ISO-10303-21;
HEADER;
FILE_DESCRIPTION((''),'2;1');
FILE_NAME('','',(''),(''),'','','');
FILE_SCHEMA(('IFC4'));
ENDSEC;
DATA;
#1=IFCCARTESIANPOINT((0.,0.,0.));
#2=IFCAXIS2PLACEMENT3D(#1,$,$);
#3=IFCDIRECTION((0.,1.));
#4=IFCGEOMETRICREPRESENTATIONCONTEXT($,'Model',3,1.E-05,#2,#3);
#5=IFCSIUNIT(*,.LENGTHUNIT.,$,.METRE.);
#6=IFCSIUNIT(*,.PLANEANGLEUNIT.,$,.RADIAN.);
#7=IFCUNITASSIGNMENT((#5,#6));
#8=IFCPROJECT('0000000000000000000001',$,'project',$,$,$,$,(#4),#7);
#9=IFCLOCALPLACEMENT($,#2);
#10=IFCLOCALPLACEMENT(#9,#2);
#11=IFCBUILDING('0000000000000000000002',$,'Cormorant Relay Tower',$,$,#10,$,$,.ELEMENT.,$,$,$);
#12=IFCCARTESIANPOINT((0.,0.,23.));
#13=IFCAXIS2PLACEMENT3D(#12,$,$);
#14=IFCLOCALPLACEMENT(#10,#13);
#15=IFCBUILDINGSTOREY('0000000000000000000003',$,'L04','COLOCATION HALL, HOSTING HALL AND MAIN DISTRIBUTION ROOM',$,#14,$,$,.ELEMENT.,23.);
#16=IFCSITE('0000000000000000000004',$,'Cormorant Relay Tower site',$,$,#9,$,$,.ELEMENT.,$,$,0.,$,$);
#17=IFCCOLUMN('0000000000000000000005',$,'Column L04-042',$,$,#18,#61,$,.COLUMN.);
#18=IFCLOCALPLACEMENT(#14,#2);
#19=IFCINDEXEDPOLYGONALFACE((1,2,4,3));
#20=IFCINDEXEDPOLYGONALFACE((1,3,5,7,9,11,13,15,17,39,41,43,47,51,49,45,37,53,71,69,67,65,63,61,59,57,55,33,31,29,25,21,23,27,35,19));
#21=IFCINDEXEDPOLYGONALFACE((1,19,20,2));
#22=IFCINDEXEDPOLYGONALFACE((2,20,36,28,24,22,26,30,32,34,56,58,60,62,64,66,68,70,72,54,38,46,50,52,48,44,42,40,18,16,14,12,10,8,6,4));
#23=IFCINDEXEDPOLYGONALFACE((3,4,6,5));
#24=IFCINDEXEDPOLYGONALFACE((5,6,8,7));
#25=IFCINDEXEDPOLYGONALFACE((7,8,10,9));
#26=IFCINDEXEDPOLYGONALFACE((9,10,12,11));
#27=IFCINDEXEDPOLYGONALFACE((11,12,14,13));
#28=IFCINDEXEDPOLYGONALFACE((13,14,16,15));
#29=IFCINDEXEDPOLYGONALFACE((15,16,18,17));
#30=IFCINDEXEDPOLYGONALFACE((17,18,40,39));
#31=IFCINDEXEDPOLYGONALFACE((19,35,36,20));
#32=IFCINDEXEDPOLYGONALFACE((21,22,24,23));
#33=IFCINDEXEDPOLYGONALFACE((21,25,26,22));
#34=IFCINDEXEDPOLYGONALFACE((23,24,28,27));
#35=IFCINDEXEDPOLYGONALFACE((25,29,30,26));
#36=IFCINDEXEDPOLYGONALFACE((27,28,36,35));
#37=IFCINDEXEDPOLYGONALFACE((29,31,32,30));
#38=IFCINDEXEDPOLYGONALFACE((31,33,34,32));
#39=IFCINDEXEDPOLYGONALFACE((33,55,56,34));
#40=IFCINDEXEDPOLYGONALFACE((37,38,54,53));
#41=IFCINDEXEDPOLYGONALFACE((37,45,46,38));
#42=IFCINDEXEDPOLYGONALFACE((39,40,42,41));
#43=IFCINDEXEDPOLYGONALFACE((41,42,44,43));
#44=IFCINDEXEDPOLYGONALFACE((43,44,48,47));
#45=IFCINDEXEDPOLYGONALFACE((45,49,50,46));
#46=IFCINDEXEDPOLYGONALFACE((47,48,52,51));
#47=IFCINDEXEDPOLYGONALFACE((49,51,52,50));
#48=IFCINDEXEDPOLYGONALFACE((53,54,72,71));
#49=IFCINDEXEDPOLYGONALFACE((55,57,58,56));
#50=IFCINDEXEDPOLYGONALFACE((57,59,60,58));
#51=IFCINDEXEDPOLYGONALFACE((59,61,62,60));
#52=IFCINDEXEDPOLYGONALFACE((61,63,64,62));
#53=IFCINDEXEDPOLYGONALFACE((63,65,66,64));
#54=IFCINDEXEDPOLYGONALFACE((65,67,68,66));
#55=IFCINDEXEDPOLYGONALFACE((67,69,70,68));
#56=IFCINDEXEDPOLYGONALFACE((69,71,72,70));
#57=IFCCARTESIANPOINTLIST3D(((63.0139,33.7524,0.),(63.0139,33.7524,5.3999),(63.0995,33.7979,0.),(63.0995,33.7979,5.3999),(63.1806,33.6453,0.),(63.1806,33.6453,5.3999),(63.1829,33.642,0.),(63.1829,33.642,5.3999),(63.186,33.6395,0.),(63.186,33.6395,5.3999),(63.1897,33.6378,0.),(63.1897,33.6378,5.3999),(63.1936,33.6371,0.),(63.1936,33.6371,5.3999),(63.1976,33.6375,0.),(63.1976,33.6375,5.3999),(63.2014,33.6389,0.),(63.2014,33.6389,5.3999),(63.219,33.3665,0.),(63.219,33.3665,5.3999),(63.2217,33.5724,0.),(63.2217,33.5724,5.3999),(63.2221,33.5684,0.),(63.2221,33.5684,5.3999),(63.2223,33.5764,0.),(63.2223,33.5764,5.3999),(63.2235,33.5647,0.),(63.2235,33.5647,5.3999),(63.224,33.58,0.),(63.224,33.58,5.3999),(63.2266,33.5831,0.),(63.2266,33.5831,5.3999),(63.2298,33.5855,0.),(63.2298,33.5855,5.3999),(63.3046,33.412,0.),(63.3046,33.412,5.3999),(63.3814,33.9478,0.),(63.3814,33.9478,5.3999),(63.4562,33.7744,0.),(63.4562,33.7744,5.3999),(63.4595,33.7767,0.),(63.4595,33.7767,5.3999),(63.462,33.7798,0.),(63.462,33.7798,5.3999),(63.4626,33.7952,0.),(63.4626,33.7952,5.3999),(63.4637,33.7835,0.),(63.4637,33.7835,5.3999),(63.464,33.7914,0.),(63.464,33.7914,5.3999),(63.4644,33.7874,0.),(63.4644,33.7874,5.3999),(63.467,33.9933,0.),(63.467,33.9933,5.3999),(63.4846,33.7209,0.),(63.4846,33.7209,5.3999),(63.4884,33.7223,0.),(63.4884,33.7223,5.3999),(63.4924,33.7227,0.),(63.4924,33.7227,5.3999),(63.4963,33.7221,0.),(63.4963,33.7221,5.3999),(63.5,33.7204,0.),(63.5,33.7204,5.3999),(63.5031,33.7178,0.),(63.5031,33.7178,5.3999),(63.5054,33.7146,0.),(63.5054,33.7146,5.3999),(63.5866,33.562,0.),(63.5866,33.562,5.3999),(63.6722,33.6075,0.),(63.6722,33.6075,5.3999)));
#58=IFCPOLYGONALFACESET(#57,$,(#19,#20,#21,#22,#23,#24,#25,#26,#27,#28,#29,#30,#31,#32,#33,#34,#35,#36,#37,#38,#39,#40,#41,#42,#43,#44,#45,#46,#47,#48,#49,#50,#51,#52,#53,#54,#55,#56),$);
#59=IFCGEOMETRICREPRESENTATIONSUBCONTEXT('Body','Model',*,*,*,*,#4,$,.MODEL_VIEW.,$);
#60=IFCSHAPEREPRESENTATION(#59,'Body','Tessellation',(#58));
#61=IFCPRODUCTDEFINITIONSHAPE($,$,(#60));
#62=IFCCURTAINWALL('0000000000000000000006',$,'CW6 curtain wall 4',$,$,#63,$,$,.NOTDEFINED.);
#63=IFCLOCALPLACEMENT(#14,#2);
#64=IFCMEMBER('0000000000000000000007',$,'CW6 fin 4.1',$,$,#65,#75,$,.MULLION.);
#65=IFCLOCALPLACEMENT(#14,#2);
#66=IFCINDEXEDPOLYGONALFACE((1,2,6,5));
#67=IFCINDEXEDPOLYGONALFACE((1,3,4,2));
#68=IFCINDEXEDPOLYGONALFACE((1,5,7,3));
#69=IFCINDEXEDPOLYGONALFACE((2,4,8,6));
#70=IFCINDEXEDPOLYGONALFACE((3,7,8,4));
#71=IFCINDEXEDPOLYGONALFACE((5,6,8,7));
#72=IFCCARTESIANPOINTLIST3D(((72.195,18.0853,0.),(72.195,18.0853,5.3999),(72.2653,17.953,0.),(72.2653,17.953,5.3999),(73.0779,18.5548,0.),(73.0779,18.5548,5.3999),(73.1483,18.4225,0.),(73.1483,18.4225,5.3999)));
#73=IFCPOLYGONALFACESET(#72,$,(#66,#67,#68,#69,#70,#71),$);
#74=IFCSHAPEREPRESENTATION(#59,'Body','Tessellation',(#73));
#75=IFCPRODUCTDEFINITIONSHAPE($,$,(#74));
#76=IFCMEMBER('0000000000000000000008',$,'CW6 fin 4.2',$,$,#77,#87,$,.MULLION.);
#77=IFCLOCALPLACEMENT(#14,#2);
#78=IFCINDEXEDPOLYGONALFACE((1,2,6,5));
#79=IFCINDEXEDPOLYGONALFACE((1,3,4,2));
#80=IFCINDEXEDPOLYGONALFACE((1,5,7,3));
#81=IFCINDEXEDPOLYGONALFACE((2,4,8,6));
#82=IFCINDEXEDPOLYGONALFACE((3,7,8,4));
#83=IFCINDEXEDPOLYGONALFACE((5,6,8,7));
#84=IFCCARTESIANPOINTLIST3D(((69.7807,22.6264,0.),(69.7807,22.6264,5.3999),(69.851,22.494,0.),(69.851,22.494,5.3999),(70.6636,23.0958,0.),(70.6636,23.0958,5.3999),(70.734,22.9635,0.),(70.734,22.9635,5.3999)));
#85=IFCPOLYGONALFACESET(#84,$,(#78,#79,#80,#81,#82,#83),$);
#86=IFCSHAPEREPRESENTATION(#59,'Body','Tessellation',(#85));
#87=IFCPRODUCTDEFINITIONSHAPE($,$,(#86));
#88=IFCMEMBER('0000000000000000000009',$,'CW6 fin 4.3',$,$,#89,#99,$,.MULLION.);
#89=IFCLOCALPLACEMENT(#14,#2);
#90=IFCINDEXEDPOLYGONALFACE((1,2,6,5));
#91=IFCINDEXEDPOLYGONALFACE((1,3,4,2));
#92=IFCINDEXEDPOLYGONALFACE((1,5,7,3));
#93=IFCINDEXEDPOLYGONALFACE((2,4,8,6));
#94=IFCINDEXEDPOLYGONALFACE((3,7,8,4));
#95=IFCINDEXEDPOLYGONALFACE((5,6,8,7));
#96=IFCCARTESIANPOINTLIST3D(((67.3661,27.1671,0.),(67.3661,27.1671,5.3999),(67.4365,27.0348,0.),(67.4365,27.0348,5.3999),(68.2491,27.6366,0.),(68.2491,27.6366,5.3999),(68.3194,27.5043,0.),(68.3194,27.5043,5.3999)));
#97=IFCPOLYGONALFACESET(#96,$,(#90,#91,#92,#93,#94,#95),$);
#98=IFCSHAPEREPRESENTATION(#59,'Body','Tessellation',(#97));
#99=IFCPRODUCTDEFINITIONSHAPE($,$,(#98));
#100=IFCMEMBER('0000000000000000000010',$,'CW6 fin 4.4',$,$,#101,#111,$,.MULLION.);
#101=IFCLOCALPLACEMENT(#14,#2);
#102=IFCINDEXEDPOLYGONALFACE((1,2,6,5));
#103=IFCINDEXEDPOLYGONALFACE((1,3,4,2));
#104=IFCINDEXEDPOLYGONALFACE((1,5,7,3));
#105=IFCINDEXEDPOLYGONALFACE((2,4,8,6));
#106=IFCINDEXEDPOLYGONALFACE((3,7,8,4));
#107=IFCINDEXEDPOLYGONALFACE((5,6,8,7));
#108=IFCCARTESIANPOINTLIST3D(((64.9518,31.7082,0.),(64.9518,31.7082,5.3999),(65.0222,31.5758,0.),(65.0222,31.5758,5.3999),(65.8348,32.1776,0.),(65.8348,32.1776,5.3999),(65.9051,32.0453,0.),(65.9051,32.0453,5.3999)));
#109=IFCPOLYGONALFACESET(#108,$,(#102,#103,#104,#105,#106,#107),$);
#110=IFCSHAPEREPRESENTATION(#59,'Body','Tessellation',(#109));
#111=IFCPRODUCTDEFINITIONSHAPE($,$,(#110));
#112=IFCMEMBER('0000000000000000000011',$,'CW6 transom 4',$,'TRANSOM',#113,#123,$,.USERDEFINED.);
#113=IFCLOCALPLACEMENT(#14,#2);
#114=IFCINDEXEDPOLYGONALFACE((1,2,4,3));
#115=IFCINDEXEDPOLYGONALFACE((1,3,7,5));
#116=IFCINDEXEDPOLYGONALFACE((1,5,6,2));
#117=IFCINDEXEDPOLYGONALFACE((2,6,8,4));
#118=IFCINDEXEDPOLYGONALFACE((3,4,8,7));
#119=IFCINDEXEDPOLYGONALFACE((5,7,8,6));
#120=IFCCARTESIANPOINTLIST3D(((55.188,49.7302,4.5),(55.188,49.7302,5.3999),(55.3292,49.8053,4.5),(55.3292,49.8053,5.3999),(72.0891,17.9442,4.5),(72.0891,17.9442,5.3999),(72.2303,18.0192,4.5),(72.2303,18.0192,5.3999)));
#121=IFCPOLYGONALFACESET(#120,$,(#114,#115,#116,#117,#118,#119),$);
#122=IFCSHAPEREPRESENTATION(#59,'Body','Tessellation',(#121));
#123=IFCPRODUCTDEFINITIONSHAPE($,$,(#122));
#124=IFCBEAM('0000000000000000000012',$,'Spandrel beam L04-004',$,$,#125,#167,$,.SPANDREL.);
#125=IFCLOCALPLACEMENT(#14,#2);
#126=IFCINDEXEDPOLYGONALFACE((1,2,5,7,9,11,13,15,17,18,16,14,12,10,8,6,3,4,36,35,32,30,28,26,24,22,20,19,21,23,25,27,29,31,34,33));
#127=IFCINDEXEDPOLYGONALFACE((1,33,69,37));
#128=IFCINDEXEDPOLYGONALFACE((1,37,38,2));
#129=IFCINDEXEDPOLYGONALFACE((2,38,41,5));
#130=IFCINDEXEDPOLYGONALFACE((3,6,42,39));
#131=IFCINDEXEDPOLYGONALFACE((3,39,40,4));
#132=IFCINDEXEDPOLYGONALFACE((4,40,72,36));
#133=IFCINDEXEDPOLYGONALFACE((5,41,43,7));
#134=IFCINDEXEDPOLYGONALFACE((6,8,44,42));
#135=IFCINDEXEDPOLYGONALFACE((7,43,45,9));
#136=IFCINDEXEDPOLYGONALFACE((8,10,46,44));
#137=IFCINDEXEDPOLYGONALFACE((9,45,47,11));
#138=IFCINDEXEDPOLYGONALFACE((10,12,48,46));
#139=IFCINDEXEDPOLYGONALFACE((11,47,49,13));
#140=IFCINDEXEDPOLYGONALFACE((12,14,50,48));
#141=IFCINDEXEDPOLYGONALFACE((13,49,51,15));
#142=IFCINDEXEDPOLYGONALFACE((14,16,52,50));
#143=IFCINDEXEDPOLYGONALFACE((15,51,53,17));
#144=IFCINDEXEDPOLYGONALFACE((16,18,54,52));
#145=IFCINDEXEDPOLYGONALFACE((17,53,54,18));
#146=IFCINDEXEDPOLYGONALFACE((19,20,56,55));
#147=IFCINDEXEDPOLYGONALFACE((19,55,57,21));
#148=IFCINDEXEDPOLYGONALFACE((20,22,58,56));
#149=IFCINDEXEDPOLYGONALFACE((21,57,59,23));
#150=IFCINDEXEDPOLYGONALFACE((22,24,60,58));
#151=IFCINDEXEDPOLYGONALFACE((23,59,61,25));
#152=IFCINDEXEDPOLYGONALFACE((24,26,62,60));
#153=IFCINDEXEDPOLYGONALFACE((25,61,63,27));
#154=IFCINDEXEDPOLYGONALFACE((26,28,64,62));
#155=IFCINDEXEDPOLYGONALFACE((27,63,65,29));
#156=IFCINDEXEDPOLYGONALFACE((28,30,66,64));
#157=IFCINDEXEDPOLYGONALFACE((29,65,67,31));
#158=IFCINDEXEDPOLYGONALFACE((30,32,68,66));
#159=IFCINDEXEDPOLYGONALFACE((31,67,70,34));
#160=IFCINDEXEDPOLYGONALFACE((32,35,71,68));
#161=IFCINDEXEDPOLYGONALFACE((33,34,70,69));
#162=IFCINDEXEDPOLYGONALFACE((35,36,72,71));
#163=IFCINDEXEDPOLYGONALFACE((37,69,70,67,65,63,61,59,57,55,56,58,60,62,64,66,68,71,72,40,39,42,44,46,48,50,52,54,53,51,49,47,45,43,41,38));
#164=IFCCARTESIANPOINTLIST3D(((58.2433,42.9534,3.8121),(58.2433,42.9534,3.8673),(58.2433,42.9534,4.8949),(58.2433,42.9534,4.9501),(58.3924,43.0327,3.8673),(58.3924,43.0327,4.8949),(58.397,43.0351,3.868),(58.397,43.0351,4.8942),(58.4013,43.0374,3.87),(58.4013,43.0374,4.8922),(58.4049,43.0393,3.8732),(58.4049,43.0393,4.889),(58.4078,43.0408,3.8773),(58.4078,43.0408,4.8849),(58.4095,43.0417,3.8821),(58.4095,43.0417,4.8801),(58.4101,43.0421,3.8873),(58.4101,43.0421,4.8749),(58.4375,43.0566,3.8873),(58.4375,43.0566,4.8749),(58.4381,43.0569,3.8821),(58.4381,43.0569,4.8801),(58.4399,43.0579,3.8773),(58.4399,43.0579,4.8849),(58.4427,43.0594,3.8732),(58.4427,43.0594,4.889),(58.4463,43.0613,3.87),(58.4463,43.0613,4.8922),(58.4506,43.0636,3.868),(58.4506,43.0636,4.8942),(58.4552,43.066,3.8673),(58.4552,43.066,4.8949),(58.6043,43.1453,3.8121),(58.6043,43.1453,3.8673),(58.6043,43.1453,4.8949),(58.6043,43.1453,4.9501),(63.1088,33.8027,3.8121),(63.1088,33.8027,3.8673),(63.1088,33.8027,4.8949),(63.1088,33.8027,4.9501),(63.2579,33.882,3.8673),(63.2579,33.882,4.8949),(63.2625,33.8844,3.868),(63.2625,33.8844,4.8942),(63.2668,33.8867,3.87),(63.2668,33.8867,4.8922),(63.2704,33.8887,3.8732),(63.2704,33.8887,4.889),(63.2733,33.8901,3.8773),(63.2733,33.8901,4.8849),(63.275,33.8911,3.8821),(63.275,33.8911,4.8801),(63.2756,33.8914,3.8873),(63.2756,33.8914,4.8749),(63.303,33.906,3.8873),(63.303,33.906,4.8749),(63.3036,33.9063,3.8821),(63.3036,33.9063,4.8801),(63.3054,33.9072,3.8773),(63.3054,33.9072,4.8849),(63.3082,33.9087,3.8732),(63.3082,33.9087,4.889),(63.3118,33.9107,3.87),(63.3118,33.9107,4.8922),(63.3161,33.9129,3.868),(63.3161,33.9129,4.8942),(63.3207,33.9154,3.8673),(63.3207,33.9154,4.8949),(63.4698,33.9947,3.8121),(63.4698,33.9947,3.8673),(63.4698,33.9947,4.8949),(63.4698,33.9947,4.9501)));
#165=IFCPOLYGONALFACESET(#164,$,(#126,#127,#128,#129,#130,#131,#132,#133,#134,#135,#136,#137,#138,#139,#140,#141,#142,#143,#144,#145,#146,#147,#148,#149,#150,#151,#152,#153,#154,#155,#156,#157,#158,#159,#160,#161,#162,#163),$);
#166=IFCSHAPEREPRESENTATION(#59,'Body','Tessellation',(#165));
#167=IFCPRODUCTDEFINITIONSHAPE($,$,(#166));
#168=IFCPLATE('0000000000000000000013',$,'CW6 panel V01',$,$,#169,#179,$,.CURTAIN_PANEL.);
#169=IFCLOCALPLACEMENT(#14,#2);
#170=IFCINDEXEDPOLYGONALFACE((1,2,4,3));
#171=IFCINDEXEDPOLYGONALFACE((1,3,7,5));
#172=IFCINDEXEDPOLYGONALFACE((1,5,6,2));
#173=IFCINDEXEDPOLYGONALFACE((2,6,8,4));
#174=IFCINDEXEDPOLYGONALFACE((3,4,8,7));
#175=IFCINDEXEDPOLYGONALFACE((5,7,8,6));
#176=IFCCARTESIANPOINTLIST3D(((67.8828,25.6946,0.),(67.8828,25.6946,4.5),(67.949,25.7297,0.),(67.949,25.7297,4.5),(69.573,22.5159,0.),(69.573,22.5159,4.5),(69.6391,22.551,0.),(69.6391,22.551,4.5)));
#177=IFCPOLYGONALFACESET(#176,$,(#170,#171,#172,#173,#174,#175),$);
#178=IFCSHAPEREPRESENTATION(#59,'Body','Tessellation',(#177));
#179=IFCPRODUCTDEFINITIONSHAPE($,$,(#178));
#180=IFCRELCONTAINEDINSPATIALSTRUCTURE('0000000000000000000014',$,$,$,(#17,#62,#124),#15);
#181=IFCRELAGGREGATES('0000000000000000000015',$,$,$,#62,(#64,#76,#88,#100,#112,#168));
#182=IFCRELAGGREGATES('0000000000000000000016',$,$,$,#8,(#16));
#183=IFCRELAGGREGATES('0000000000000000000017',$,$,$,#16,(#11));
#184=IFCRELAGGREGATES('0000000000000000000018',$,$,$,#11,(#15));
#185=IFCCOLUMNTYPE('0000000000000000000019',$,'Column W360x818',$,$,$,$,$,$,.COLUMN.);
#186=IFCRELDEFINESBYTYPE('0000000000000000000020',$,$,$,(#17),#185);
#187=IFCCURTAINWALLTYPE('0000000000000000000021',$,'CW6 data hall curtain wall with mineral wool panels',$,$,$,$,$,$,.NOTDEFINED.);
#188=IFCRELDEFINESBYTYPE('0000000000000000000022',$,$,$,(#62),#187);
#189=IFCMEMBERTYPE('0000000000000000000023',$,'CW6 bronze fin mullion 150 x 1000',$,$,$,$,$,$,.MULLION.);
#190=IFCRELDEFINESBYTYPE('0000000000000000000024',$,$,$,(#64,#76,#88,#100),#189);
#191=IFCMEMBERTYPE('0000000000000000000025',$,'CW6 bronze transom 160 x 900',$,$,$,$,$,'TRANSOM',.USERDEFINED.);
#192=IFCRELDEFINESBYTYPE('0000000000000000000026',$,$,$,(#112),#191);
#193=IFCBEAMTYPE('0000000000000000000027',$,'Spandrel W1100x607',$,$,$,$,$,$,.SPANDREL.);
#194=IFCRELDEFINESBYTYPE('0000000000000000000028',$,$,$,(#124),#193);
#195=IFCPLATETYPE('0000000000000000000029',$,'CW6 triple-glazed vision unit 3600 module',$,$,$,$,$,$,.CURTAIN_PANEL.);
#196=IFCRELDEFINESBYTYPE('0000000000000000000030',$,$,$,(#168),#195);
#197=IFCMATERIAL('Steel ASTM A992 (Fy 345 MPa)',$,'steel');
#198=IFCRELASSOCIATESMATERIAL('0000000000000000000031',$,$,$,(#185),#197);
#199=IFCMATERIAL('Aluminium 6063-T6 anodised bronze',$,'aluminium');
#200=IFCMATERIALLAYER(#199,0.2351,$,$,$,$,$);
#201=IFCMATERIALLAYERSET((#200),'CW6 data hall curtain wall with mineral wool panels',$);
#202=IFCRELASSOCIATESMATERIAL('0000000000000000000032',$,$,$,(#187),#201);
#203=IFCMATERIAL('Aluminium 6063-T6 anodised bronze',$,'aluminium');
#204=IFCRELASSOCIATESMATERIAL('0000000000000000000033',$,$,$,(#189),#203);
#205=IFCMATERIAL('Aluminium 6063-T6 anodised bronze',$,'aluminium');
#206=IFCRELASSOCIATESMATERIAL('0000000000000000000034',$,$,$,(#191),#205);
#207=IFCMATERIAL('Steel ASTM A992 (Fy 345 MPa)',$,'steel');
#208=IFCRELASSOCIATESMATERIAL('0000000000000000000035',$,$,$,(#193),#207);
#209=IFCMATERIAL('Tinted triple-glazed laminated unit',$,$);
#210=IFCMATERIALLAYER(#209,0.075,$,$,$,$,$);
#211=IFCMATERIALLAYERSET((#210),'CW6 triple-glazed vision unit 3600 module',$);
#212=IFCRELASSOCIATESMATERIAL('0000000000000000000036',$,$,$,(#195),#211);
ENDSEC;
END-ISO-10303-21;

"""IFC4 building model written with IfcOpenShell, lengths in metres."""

from ifc_helpers import new_model, si_unit, direction, frame, origin, origin_2d, place, context, subcontext, project, spatial, rectangle, i_section, extrude, material, layer, layer_set, material_profile, profile_set, type_object, element, aggregate, save


model = new_model("IFC4")

# Units and contexts
model_context = context("Model", 3, precision=1e-05, world=origin(), true_north=direction((0.0, 1.0)))
body_context = subcontext(model_context, "Body", "Model", "MODEL_VIEW")
ifc_project = project(units=[si_unit("LENGTHUNIT", "METRE"), si_unit("PLANEANGLEUNIT", "RADIAN")], contexts=[model_context])

# Site, building, storey
site_placement = place(None, origin())
site = spatial("IfcSite", under=ifc_project, at=site_placement, Name="Cormorant Relay Tower site", CompositionType="ELEMENT", RefElevation=0.0)
building_placement = place(site_placement, origin())
building = spatial("IfcBuilding", under=site, at=building_placement, Name="Cormorant Relay Tower", CompositionType="ELEMENT")
storey_placement = place(building_placement, frame((0.0, 0.0, 23.0)))
storey = spatial("IfcBuildingStorey", under=building, at=storey_placement, Name="L04", Description="COLOCATION HALL, HOSTING HALL AND MAIN DISTRIBUTION ROOM", CompositionType="ELEMENT", Elevation=23.0)

# Column
ifc_material_1 = material(Name="Steel ASTM A992 (Fy 345 MPa)", Category="steel")
ifc_material_profile_1 = material_profile(ifc_material_1, i_section(OverallWidth=0.437, OverallDepth=0.5132, WebThickness=0.0605, FlangeThickness=0.0969, FilletRadius=0.0154, at=origin_2d()), Name="W360x818")
ifc_profile_set_1 = profile_set([ifc_material_profile_1], Name="Steel ASTM A992 (Fy 345 MPa)")
column_type_1 = type_object("IfcColumnType", Name="Column W360x818", PredefinedType="COLUMN", material=ifc_profile_set_1)
for number, where, z_axis, x_axis, name in (
    (1, (63.343, 33.6799, 0.0), (0.0, 0.0, 1.0), (-0.469472, 0.882948, 0.0), "Column L04-042"),
):
    element("IfcColumn", number, at=place(storey_placement, frame(where, z_axis=z_axis, x_axis=x_axis)), inside=storey, type_object=column_type_1, Name=name, PredefinedType="COLUMN", context=body_context, shape_type="SweptSolid", body=[
        extrude(i_section(OverallWidth=0.437, OverallDepth=0.5132, WebThickness=0.0605, FlangeThickness=0.0969, FilletRadius=0.0154, at=origin_2d()), origin(), (0.0, 0.0, 1.0), 5.3999),
    ])

# Curtain wall, members
ifc_material_2 = material(Name="Aluminium 6063-T6 anodised bronze", Category="aluminium")
ifc_layer_1 = layer(ifc_material_2, 0.2351)
ifc_layer_set_1 = layer_set([ifc_layer_1], Name="CW6 data hall curtain wall with mineral wool panels")
curtain_wall_type = type_object("IfcCurtainWallType", Name="CW6 data hall curtain wall with mineral wool panels", PredefinedType="NOTDEFINED", material=ifc_layer_set_1)
curtain_wall_1_placement = place(storey_placement, origin())
curtain_wall_1 = element("IfcCurtainWall", 2, at=curtain_wall_1_placement, inside=storey, type_object=curtain_wall_type, Name="CW6 curtain wall 4", PredefinedType="NOTDEFINED")
ifc_material_3 = material(Name="Aluminium 6063-T6 anodised bronze", Category="aluminium")
ifc_material_profile_2 = material_profile(ifc_material_3, rectangle(XDim=0.1499, YDim=1.0, at=origin_2d()), Name="AL 150x1000")
ifc_profile_set_2 = profile_set([ifc_material_profile_2], Name="Aluminium 6063-T6 anodised bronze")
member_type_1 = type_object("IfcMemberType", Name="CW6 bronze fin mullion 150 x 1000", PredefinedType="MULLION", material=ifc_profile_set_2)
member_1_placement = place(storey_placement, frame((72.6716, 18.2539, 0.0), z_axis=(0.0, 0.0, 1.0), x_axis=(-0.469472, 0.882948, 0.0)))
member_1 = element("IfcMember", 3, at=member_1_placement, type_object=member_type_1, Name="CW6 fin 4.1", PredefinedType="MULLION", context=body_context, shape_type="SweptSolid", body=[
    extrude(rectangle(XDim=0.1499, YDim=1.0, at=origin_2d()), origin(), (0.0, 0.0, 1.0), 5.3999),
])
member_2_placement = place(storey_placement, frame((70.2573, 22.7949, 0.0), z_axis=(0.0, 0.0, 1.0), x_axis=(-0.469472, 0.882948, 0.0)))
member_2 = element("IfcMember", 4, at=member_2_placement, type_object=member_type_1, Name="CW6 fin 4.2", PredefinedType="MULLION", context=body_context, shape_type="SweptSolid", body=[
    extrude(rectangle(XDim=0.1499, YDim=1.0, at=origin_2d()), origin(), (0.0, 0.0, 1.0), 5.3999),
])
member_3_placement = place(storey_placement, frame((67.8428, 27.3357, 0.0), z_axis=(0.0, 0.0, 1.0), x_axis=(-0.469472, 0.882948, 0.0)))
member_3 = element("IfcMember", 5, at=member_3_placement, type_object=member_type_1, Name="CW6 fin 4.3", PredefinedType="MULLION", context=body_context, shape_type="SweptSolid", body=[
    extrude(rectangle(XDim=0.1499, YDim=1.0, at=origin_2d()), origin(), (0.0, 0.0, 1.0), 5.3999),
])
member_4_placement = place(storey_placement, frame((65.4285, 31.8767, 0.0), z_axis=(0.0, 0.0, 1.0), x_axis=(-0.469472, 0.882948, 0.0)))
member_4 = element("IfcMember", 6, at=member_4_placement, type_object=member_type_1, Name="CW6 fin 4.4", PredefinedType="MULLION", context=body_context, shape_type="SweptSolid", body=[
    extrude(rectangle(XDim=0.1499, YDim=1.0, at=origin_2d()), origin(), (0.0, 0.0, 1.0), 5.3999),
])
ifc_material_4 = material(Name="Aluminium 6063-T6 anodised bronze", Category="aluminium")
ifc_material_profile_3 = material_profile(ifc_material_4, rectangle(XDim=0.1599, YDim=0.8999, at=origin_2d()), Name="AL 160x900")
ifc_profile_set_3 = profile_set([ifc_material_profile_3], Name="Aluminium 6063-T6 anodised bronze")
member_type_2 = type_object("IfcMemberType", Name="CW6 bronze transom 160 x 900", ElementType="TRANSOM", PredefinedType="USERDEFINED", material=ifc_profile_set_3)
member_5_placement = place(storey_placement, frame((72.1597, 17.9817, 4.95), z_axis=(-0.469475, 0.882946, 0.0), x_axis=(-0.882946, -0.469475, 0.0)))
member_5 = element("IfcMember", 7, at=member_5_placement, type_object=member_type_2, Name="CW6 transom 4", ObjectType="TRANSOM", PredefinedType="USERDEFINED", context=body_context, shape_type="SweptSolid", body=[
    extrude(rectangle(XDim=0.1599, YDim=0.8999, at=origin_2d()), origin(), (0.0, 0.0, 1.0), 36.0),
])

# Beam
ifc_material_5 = material(Name="Steel ASTM A992 (Fy 345 MPa)", Category="steel")
ifc_material_profile_4 = material_profile(ifc_material_5, i_section(OverallWidth=0.4089, OverallDepth=1.1379, WebThickness=0.031, FlangeThickness=0.0552, FilletRadius=0.02, at=origin_2d()), Name="W1100x607")
ifc_profile_set_4 = profile_set([ifc_material_profile_4], Name="Steel ASTM A992 (Fy 345 MPa)")
beam_type = type_object("IfcBeamType", Name="Spandrel W1100x607", PredefinedType="SPANDREL", material=ifc_profile_set_4)
beam_placement = place(storey_placement, frame((63.2893, 33.8987, 4.3811), z_axis=(-0.469472, 0.882948, 0.0), x_axis=(-0.882948, -0.469472, 0.0)))
element("IfcBeam", 8, at=beam_placement, inside=storey, type_object=beam_type, Name="Spandrel beam L04-004", PredefinedType="SPANDREL", context=body_context, shape_type="SweptSolid", body=[
    extrude(i_section(OverallWidth=0.4089, OverallDepth=1.1379, WebThickness=0.031, FlangeThickness=0.0552, FilletRadius=0.02, at=origin_2d()), origin(), (0.0, 0.0, 1.0), 10.3638),
])

# Plate
ifc_material_6 = material(Name="Tinted triple-glazed laminated unit")
ifc_layer_2 = layer(ifc_material_6, 0.075)
ifc_layer_set_2 = layer_set([ifc_layer_2], Name="CW6 triple-glazed vision unit 3600 module")
plate_type = type_object("IfcPlateType", Name="CW6 triple-glazed vision unit 3600 module", PredefinedType="CURTAIN_PANEL", material=ifc_layer_set_2)
plate_placement = place(storey_placement, frame((68.761, 24.1228, 0.0), z_axis=(0.0, 0.0, 1.0), x_axis=(-0.469472, 0.882948, 0.0)))
plate = element("IfcPlate", 9, at=plate_placement, type_object=plate_type, Name="CW6 panel V01", PredefinedType="CURTAIN_PANEL", context=body_context, shape_type="SweptSolid", body=[
    extrude(rectangle(XDim=3.6001, YDim=0.075, at=origin_2d()), origin(), (0.0, 0.0, 1.0), 4.5),
])

aggregate(curtain_wall_1, [member_1, member_2, member_3, member_4, member_5, plate])

save(model, "model.ifc")
